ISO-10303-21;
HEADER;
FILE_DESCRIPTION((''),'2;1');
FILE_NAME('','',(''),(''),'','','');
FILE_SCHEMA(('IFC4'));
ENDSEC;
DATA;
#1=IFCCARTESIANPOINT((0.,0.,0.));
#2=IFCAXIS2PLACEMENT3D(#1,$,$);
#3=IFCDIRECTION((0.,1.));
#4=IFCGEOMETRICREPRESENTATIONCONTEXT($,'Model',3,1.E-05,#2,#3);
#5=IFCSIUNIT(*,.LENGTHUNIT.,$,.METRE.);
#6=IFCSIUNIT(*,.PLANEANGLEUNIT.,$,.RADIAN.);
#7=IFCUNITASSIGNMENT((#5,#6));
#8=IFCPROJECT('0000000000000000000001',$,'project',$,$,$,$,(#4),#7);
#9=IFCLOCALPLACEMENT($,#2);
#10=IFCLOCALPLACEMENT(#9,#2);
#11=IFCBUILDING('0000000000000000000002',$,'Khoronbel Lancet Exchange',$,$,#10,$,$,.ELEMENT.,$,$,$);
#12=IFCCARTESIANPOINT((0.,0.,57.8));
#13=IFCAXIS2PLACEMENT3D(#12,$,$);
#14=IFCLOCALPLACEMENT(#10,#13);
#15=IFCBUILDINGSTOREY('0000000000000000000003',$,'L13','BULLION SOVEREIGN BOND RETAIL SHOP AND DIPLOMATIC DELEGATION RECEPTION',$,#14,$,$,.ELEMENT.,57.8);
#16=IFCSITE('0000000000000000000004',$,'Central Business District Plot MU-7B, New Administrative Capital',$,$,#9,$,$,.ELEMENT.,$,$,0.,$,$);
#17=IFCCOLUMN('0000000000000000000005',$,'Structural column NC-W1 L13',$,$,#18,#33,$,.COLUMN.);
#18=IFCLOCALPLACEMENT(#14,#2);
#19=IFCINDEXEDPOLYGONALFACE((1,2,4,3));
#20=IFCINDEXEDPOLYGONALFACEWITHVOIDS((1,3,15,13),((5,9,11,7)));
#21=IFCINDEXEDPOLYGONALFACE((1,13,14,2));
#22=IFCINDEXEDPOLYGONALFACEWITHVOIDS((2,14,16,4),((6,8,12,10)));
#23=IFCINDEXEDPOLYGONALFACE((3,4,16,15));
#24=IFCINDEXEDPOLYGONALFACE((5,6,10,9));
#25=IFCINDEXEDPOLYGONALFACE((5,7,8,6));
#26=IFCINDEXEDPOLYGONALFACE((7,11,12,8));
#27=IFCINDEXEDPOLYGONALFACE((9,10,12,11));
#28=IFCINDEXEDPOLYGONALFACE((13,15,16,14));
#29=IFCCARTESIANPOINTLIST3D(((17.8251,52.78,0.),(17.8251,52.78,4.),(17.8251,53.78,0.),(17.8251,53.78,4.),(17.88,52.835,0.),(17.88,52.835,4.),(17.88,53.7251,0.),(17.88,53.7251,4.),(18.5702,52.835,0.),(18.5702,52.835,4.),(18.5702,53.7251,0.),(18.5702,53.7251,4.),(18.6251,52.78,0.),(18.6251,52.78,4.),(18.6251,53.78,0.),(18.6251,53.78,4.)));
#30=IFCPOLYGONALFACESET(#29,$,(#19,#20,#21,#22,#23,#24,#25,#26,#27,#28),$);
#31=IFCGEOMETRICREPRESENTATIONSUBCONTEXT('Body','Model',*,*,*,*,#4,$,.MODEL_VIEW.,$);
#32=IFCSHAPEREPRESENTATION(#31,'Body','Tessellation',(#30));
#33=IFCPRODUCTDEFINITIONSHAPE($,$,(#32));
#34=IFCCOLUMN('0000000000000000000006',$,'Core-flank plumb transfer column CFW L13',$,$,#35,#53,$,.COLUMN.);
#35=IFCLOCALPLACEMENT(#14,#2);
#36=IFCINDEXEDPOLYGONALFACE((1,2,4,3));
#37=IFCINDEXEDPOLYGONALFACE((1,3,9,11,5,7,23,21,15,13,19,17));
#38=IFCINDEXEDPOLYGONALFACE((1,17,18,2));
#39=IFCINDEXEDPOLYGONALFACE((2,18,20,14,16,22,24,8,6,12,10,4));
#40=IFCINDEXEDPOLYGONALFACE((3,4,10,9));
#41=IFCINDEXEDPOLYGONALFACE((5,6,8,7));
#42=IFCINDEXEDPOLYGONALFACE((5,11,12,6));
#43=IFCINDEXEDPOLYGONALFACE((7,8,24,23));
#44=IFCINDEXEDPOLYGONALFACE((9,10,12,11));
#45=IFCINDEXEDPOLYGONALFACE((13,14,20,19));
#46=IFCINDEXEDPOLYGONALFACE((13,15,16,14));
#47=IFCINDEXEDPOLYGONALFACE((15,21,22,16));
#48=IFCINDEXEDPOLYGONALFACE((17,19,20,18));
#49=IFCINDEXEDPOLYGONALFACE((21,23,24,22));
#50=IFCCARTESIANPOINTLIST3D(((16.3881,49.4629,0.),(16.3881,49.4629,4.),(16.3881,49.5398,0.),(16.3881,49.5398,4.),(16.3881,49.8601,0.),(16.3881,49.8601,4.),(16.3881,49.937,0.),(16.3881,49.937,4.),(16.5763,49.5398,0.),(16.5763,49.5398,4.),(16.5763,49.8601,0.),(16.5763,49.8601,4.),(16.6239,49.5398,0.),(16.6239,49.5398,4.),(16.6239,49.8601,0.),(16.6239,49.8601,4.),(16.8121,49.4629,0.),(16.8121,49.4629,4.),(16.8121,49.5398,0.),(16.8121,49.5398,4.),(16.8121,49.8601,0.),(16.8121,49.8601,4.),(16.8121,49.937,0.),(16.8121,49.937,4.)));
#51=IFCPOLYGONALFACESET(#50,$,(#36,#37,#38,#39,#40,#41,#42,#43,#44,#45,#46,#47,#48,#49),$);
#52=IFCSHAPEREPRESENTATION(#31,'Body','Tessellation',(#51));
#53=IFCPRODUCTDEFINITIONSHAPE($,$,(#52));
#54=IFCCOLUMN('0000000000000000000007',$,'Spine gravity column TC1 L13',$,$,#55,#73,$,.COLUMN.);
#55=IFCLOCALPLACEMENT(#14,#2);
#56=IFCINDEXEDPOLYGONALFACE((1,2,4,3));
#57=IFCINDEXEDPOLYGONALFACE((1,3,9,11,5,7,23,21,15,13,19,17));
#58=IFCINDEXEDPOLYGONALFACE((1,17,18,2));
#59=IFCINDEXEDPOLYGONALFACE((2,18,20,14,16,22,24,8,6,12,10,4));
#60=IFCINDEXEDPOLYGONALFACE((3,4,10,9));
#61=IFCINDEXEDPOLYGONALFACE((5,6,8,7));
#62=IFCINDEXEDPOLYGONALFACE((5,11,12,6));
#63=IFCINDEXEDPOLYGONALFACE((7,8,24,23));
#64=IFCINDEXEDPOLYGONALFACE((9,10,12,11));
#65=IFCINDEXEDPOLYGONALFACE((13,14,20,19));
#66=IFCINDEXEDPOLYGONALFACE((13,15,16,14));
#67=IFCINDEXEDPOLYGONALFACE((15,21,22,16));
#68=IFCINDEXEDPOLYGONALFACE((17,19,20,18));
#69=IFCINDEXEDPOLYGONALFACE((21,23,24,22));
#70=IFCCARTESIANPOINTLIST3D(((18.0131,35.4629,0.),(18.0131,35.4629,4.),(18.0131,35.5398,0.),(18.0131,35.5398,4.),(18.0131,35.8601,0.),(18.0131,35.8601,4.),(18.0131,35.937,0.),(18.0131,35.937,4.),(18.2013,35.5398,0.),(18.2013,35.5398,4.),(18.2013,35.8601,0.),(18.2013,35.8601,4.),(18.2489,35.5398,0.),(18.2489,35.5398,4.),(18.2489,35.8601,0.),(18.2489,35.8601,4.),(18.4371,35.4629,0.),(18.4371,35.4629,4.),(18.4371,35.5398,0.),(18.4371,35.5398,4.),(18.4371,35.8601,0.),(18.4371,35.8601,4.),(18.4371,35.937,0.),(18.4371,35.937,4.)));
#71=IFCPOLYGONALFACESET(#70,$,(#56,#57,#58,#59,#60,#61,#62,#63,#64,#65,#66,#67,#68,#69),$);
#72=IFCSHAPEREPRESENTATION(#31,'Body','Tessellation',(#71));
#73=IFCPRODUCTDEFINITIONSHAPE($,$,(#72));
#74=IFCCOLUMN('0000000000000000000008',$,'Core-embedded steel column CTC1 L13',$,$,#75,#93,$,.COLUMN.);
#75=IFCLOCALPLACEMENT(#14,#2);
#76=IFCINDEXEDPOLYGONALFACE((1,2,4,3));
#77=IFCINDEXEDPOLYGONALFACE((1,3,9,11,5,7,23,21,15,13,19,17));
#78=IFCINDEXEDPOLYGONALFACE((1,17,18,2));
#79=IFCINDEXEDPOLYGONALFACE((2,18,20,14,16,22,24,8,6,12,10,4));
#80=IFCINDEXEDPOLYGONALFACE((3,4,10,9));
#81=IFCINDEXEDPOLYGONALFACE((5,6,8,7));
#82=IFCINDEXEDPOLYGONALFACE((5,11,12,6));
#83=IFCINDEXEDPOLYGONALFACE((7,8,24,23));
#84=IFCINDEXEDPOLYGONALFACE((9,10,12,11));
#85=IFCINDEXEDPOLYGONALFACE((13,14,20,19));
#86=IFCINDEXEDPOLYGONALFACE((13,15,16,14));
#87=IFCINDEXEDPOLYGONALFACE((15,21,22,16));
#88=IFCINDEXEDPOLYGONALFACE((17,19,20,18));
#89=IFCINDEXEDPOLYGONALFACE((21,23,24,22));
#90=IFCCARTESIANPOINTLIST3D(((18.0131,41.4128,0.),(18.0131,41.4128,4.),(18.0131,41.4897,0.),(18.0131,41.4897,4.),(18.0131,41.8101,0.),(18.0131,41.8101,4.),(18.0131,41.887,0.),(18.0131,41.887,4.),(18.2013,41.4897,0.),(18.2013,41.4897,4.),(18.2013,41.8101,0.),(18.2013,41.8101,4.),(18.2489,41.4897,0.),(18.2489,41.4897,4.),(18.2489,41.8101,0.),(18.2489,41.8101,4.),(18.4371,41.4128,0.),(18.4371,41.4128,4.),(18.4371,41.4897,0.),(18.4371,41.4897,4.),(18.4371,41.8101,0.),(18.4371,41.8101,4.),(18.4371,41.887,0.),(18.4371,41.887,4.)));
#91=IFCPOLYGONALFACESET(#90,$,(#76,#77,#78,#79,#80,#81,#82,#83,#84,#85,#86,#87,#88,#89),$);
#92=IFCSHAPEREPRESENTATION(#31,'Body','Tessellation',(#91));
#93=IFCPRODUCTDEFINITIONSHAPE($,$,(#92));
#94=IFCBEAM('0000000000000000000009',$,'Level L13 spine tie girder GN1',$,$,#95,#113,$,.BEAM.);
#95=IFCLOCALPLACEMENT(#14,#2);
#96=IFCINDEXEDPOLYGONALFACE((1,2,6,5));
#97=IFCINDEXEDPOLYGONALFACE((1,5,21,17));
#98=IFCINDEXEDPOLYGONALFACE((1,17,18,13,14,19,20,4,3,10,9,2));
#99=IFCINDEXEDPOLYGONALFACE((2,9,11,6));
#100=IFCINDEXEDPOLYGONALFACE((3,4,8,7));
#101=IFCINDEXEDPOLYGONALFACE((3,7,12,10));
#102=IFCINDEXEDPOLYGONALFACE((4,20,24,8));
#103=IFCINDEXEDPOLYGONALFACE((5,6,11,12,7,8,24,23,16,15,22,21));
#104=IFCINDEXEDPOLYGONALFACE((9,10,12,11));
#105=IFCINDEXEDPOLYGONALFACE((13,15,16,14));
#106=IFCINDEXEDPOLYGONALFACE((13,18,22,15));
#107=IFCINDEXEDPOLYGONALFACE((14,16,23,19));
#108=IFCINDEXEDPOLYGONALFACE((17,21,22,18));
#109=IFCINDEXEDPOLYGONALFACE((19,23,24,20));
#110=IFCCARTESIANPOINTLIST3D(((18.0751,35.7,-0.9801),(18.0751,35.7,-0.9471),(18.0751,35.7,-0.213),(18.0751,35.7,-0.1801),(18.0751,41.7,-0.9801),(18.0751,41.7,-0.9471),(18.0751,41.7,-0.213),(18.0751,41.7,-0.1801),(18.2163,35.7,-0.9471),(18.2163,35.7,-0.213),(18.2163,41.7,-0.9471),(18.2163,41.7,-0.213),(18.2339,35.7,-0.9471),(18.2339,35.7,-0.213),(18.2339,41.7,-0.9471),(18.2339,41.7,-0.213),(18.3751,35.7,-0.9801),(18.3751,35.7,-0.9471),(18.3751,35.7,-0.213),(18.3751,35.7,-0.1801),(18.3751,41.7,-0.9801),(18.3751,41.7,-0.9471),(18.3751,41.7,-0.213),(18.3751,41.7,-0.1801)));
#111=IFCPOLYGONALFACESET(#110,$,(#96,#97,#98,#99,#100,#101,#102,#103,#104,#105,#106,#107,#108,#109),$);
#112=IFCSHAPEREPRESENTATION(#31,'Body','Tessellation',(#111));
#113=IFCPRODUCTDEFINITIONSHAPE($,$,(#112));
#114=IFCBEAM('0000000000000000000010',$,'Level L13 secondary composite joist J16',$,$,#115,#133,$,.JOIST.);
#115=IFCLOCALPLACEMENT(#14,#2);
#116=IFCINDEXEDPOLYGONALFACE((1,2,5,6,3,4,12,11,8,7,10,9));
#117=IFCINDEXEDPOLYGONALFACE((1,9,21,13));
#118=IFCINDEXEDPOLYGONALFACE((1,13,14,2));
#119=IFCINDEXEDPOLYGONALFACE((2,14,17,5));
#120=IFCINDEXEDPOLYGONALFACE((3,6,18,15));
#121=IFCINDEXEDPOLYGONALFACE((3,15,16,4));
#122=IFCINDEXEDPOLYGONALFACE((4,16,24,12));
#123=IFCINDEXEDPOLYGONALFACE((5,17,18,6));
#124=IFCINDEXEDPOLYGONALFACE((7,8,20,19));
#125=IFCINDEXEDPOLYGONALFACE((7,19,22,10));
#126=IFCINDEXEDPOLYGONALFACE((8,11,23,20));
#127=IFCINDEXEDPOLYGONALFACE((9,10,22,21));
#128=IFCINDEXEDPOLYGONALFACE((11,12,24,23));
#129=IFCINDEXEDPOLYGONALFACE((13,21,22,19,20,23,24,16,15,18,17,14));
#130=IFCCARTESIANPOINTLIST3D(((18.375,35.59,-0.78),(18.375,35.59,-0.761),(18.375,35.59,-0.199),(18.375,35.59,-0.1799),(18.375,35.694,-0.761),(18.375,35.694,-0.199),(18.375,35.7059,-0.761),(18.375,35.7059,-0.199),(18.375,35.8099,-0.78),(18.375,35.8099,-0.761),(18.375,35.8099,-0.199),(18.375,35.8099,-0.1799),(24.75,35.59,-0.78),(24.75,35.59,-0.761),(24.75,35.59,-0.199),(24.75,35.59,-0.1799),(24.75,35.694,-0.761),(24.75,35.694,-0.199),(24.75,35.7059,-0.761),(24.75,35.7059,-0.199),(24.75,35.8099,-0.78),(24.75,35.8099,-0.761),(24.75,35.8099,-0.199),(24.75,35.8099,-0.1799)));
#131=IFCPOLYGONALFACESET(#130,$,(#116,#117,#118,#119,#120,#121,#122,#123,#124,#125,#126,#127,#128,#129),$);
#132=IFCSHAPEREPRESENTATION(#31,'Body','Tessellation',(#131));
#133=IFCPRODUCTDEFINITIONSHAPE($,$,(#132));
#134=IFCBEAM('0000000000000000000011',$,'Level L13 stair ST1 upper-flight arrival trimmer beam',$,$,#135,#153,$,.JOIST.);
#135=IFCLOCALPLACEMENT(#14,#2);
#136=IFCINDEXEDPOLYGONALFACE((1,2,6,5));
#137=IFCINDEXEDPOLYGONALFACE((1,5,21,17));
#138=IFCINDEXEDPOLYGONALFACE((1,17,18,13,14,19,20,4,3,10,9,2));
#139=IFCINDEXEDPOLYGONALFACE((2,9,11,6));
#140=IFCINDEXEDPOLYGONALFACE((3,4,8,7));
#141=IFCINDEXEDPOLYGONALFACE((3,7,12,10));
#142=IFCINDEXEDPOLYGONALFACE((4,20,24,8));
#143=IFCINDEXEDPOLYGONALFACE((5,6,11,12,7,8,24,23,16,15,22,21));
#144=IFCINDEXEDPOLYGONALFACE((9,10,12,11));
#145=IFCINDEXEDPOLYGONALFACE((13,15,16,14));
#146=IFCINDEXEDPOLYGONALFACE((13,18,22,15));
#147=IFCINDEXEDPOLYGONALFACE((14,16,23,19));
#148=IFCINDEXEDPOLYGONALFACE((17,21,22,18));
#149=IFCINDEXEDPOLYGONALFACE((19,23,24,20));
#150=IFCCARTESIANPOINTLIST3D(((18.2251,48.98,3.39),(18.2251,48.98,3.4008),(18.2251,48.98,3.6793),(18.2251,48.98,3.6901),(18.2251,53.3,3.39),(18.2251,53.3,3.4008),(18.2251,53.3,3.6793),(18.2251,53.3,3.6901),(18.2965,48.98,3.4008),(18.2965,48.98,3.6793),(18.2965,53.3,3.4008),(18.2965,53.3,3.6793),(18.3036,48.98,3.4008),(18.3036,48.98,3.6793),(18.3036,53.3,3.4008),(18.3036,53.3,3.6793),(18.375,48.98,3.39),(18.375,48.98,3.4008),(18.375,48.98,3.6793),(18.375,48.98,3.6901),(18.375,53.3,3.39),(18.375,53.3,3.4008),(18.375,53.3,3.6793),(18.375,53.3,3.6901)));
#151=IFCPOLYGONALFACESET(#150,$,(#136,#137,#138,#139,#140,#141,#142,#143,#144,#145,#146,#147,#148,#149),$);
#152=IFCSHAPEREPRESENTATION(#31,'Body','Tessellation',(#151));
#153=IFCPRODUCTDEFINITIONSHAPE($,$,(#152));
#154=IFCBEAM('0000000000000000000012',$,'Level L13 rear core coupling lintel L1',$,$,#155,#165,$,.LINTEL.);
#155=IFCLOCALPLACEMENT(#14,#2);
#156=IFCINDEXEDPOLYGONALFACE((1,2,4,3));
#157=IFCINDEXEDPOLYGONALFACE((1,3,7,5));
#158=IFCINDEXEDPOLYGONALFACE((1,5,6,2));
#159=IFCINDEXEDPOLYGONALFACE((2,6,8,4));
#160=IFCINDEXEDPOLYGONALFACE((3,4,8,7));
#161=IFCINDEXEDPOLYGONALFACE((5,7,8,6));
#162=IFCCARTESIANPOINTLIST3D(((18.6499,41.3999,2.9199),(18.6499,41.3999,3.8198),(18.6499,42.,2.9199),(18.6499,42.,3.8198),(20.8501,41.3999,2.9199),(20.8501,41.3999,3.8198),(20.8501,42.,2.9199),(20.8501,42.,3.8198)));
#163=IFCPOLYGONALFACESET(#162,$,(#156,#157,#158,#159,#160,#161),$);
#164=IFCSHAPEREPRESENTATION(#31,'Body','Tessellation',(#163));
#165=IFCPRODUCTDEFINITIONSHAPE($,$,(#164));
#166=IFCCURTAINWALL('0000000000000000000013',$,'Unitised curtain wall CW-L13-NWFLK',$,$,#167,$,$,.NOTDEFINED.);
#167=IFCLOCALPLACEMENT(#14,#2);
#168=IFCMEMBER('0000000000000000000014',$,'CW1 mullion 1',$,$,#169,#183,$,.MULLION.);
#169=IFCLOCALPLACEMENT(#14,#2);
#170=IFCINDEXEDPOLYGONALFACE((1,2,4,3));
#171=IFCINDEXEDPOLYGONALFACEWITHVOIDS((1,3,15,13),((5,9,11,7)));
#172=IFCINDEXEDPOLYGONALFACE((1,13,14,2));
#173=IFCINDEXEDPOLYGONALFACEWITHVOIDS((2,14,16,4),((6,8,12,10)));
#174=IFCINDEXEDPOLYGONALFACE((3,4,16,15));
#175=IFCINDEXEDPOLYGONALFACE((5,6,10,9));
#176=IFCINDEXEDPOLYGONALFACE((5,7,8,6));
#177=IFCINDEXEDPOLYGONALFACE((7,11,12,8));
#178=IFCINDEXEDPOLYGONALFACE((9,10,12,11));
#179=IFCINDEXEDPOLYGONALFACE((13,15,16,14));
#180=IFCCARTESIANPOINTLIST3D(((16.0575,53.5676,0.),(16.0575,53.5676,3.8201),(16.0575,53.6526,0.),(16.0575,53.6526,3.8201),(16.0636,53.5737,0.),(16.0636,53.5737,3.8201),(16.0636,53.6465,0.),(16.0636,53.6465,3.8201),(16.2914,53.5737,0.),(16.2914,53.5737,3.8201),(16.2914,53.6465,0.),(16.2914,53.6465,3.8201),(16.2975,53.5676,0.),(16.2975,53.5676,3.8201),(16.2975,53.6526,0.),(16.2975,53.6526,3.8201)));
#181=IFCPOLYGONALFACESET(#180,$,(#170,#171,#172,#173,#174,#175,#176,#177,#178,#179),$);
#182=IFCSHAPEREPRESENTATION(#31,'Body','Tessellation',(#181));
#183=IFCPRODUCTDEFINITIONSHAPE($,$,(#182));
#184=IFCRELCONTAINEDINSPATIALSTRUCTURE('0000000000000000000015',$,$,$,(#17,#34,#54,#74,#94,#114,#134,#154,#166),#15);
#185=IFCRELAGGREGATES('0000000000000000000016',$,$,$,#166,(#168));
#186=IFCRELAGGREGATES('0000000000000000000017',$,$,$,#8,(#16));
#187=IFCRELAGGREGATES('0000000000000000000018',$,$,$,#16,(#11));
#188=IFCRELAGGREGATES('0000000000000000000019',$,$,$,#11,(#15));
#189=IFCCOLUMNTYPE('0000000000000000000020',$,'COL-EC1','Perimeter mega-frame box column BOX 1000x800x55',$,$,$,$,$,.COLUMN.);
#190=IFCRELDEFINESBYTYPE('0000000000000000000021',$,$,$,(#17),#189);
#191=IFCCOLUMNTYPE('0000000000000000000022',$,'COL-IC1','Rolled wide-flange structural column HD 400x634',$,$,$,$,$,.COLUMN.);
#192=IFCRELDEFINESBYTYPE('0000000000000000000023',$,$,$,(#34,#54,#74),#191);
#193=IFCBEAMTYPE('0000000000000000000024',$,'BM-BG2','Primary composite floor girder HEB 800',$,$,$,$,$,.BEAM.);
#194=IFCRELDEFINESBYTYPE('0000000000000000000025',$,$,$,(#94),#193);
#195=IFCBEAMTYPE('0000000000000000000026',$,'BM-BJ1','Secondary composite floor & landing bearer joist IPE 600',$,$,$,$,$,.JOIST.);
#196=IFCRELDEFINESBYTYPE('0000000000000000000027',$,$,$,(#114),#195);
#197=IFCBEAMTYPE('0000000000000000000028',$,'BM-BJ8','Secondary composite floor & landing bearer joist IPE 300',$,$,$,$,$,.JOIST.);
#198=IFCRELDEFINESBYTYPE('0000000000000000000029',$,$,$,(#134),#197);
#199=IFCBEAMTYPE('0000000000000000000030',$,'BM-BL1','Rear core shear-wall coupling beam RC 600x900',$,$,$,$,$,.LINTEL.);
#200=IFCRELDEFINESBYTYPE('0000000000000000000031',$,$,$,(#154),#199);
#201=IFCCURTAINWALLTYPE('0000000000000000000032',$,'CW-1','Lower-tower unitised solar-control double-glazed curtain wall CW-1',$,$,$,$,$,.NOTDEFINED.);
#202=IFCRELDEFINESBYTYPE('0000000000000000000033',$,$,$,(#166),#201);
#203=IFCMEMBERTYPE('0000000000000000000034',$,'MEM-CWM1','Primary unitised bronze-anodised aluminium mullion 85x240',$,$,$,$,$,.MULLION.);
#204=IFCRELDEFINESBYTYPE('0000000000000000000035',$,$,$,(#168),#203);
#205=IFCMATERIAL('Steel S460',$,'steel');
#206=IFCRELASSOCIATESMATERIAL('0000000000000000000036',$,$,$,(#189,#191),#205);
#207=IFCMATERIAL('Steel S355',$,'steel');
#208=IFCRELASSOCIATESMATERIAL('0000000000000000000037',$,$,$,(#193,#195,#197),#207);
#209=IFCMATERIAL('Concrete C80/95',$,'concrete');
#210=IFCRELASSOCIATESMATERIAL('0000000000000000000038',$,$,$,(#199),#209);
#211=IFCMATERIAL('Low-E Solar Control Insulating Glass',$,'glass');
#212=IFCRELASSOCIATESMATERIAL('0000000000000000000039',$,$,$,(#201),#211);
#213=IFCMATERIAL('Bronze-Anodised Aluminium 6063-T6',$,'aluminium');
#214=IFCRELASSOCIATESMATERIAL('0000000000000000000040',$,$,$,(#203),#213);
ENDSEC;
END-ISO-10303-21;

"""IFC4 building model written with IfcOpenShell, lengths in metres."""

from ifc_helpers import new_model, si_unit, direction, frame, origin, origin_2d, place, context, subcontext, project, spatial, rectangle, hollow_rectangle, i_section, extrude, material, material_profile, profile_set, type_object, element, aggregate, save


model = new_model("IFC4")

# Units and contexts
model_context = context("Model", 3, precision=1e-05, world=origin(), true_north=direction((0.0, 1.0)))
body_context = subcontext(model_context, "Body", "Model", "MODEL_VIEW")
ifc_project = project(units=[si_unit("LENGTHUNIT", "METRE"), si_unit("PLANEANGLEUNIT", "RADIAN")], contexts=[model_context])

# Site, building, storey
site_placement = place(None, origin())
site = spatial("IfcSite", under=ifc_project, at=site_placement, Name="Central Business District Plot MU-7B, New Administrative Capital", CompositionType="ELEMENT", RefElevation=0.0)
building_placement = place(site_placement, origin())
building = spatial("IfcBuilding", under=site, at=building_placement, Name="Khoronbel Lancet Exchange", CompositionType="ELEMENT")
storey_placement = place(building_placement, frame((0.0, 0.0, 57.8)))
storey = spatial("IfcBuildingStorey", under=building, at=storey_placement, Name="L13", Description="BULLION SOVEREIGN BOND RETAIL SHOP AND DIPLOMATIC DELEGATION RECEPTION", CompositionType="ELEMENT", Elevation=57.8)

# Columns
ifc_material_1 = material(Name="Steel S460", Category="steel")
ifc_material_profile_1 = material_profile(ifc_material_1, hollow_rectangle(XDim=0.8, YDim=1.0, WallThickness=0.0549, at=origin_2d()), Name="BOX 1000x800x55")
ifc_profile_set_1 = profile_set([ifc_material_profile_1], Name="Steel S460")
column_type_1 = type_object("IfcColumnType", Name="COL-EC1", Description="Perimeter mega-frame box column BOX 1000x800x55", PredefinedType="COLUMN", material=ifc_profile_set_1)
column_placement = place(storey_placement, frame((18.2251, 53.28, 0.0), z_axis=(0.0, 0.0, 1.0), x_axis=(1.0, 0.0, 0.0)))
element("IfcColumn", 1, at=column_placement, inside=storey, type_object=column_type_1, Name="Structural column NC-W1 L13", PredefinedType="COLUMN", context=body_context, shape_type="SweptSolid", body=[
    extrude(hollow_rectangle(XDim=0.8, YDim=1.0, WallThickness=0.0549, at=origin_2d()), origin(), (0.0, 0.0, 1.0), 4.0),
])
ifc_material_profile_2 = material_profile(ifc_material_1, i_section(OverallWidth=0.4241, OverallDepth=0.4741, WebThickness=0.0476, FlangeThickness=0.0769, at=origin_2d()), Name="HD 400x634")
ifc_profile_set_2 = profile_set([ifc_material_profile_2], Name="Steel S460")
column_type_2 = type_object("IfcColumnType", Name="COL-IC1", Description="Rolled wide-flange structural column HD 400x634", PredefinedType="COLUMN", material=ifc_profile_set_2)
for number, where, z_axis, x_axis, name in (
    (2, (16.6001, 49.7, 0.0), (0.0, 0.0, 1.0), (1.0, 0.0, 0.0), "Core-flank plumb transfer column CFW L13"),
    (3, (18.2251, 35.7, 0.0), (0.0, 0.0, 1.0), (1.0, 0.0, 0.0), "Spine gravity column TC1 L13"),
    (4, (18.2251, 41.6499, 0.0), (0.0, 0.0, 1.0), (1.0, 0.0, 0.0), "Core-embedded steel column CTC1 L13"),
):
    element("IfcColumn", number, at=place(storey_placement, frame(where, z_axis=z_axis, x_axis=x_axis)), inside=storey, type_object=column_type_2, Name=name, PredefinedType="COLUMN", context=body_context, shape_type="SweptSolid", body=[
        extrude(i_section(OverallWidth=0.4241, OverallDepth=0.4741, WebThickness=0.0476, FlangeThickness=0.0769, at=origin_2d()), origin(), (0.0, 0.0, 1.0), 4.0),
    ])

# Beams
ifc_material_2 = material(Name="Steel S355", Category="steel")
ifc_material_profile_3 = material_profile(ifc_material_2, i_section(OverallWidth=0.3, OverallDepth=0.8, WebThickness=0.0176, FlangeThickness=0.033, at=origin_2d()), Name="HEB 800")
ifc_profile_set_3 = profile_set([ifc_material_profile_3], Name="Steel S355")
beam_type_1 = type_object("IfcBeamType", Name="BM-BG2", Description="Primary composite floor girder HEB 800", PredefinedType="BEAM", material=ifc_profile_set_3)
beam_1_placement = place(storey_placement, frame((18.2251, 35.7, -0.5801), z_axis=(0.0, 1.0, 0.0), x_axis=(-1.0, 0.0, 0.0)))
element("IfcBeam", 5, at=beam_1_placement, inside=storey, type_object=beam_type_1, Name="Level L13 spine tie girder GN1", PredefinedType="BEAM", context=body_context, shape_type="SweptSolid", body=[
    extrude(i_section(OverallWidth=0.3, OverallDepth=0.8, WebThickness=0.0176, FlangeThickness=0.033, at=origin_2d()), origin(), (0.0, 0.0, 1.0), 6.0),
])
ifc_material_profile_4 = material_profile(ifc_material_2, i_section(OverallWidth=0.22, OverallDepth=0.6001, WebThickness=0.012, FlangeThickness=0.019, at=origin_2d()), Name="IPE 600")
ifc_profile_set_4 = profile_set([ifc_material_profile_4], Name="Steel S355")
beam_type_2 = type_object("IfcBeamType", Name="BM-BJ1", Description="Secondary composite floor & landing bearer joist IPE 600", PredefinedType="JOIST", material=ifc_profile_set_4)
beam_2_placement = place(storey_placement, frame((18.375, 35.7, -0.48), z_axis=(1.0, 0.0, 0.0), x_axis=(0.0, 1.0, 0.0)))
element("IfcBeam", 6, at=beam_2_placement, inside=storey, type_object=beam_type_2, Name="Level L13 secondary composite joist J16", PredefinedType="JOIST", context=body_context, shape_type="SweptSolid", body=[
    extrude(i_section(OverallWidth=0.22, OverallDepth=0.6001, WebThickness=0.012, FlangeThickness=0.019, at=origin_2d()), origin(), (0.0, 0.0, 1.0), 6.375),
])
ifc_material_profile_5 = material_profile(ifc_material_2, i_section(OverallWidth=0.1499, OverallDepth=0.3, WebThickness=0.0071, FlangeThickness=0.0107, at=origin_2d()), Name="IPE 300")
ifc_profile_set_5 = profile_set([ifc_material_profile_5], Name="Steel S355")
beam_type_3 = type_object("IfcBeamType", Name="BM-BJ8", Description="Secondary composite floor & landing bearer joist IPE 300", PredefinedType="JOIST", material=ifc_profile_set_5)
beam_3_placement = place(storey_placement, frame((18.3, 48.98, 3.54), z_axis=(0.0, 1.0, 0.0), x_axis=(-1.0, 0.0, 0.0)))
element("IfcBeam", 7, at=beam_3_placement, inside=storey, type_object=beam_type_3, Name="Level L13 stair ST1 upper-flight arrival trimmer beam", PredefinedType="JOIST", context=body_context, shape_type="SweptSolid", body=[
    extrude(i_section(OverallWidth=0.1499, OverallDepth=0.3, WebThickness=0.0071, FlangeThickness=0.0107, at=origin_2d()), origin(), (0.0, 0.0, 1.0), 4.3201),
])
ifc_material_3 = material(Name="Concrete C80/95", Category="concrete")
ifc_material_profile_6 = material_profile(ifc_material_3, rectangle(XDim=0.6001, YDim=0.8999, at=origin_2d()), Name="RC 600x900")
ifc_profile_set_6 = profile_set([ifc_material_profile_6], Name="Concrete C80/95")
beam_type_4 = type_object("IfcBeamType", Name="BM-BL1", Description="Rear core shear-wall coupling beam RC 600x900", PredefinedType="LINTEL", material=ifc_profile_set_6)
beam_4_placement = place(storey_placement, frame((18.6499, 41.7, 3.3699), z_axis=(1.0, 0.0, 0.0), x_axis=(0.0, 1.0, 0.0)))
element("IfcBeam", 8, at=beam_4_placement, inside=storey, type_object=beam_type_4, Name="Level L13 rear core coupling lintel L1", PredefinedType="LINTEL", context=body_context, shape_type="SweptSolid", body=[
    extrude(rectangle(XDim=0.6001, YDim=0.8999, at=origin_2d()), origin(), (0.0, 0.0, 1.0), 2.2002),
])

# Curtain wall, member
ifc_material_4 = material(Name="Low-E Solar Control Insulating Glass", Category="glass")
curtain_wall_type = type_object("IfcCurtainWallType", Name="CW-1", Description="Lower-tower unitised solar-control double-glazed curtain wall CW-1", PredefinedType="NOTDEFINED", material=ifc_material_4)
curtain_wall_placement = place(storey_placement, origin())
curtain_wall = element("IfcCurtainWall", 9, at=curtain_wall_placement, inside=storey, type_object=curtain_wall_type, Name="Unitised curtain wall CW-L13-NWFLK", PredefinedType="NOTDEFINED")
ifc_material_5 = material(Name="Bronze-Anodised Aluminium 6063-T6", Category="aluminium")
ifc_material_profile_7 = material_profile(ifc_material_5, hollow_rectangle(XDim=0.085, YDim=0.24, WallThickness=0.0061, at=origin_2d()), Name="ALU MULLION 85x240")
ifc_profile_set_7 = profile_set([ifc_material_profile_7], Name="Bronze-Anodised Aluminium 6063-T6")
member_type_1 = type_object("IfcMemberType", Name="MEM-CWM1", Description="Primary unitised bronze-anodised aluminium mullion 85x240", PredefinedType="MULLION", material=ifc_profile_set_7)
member_1_placement = place(storey_placement, frame((16.1775, 53.6101, 0.0), z_axis=(0.0, 0.0, 1.0), x_axis=(0.0, -1.0, 0.0)))
member_1 = element("IfcMember", 10, at=member_1_placement, type_object=member_type_1, Name="CW1 mullion 1", PredefinedType="MULLION", context=body_context, shape_type="SweptSolid", body=[
    extrude(hollow_rectangle(XDim=0.085, YDim=0.24, WallThickness=0.0061, at=origin_2d()), origin(), (0.0, 0.0, 1.0), 3.8201),
])
aggregate(curtain_wall, [member_1])

save(model, "model.ifc")
